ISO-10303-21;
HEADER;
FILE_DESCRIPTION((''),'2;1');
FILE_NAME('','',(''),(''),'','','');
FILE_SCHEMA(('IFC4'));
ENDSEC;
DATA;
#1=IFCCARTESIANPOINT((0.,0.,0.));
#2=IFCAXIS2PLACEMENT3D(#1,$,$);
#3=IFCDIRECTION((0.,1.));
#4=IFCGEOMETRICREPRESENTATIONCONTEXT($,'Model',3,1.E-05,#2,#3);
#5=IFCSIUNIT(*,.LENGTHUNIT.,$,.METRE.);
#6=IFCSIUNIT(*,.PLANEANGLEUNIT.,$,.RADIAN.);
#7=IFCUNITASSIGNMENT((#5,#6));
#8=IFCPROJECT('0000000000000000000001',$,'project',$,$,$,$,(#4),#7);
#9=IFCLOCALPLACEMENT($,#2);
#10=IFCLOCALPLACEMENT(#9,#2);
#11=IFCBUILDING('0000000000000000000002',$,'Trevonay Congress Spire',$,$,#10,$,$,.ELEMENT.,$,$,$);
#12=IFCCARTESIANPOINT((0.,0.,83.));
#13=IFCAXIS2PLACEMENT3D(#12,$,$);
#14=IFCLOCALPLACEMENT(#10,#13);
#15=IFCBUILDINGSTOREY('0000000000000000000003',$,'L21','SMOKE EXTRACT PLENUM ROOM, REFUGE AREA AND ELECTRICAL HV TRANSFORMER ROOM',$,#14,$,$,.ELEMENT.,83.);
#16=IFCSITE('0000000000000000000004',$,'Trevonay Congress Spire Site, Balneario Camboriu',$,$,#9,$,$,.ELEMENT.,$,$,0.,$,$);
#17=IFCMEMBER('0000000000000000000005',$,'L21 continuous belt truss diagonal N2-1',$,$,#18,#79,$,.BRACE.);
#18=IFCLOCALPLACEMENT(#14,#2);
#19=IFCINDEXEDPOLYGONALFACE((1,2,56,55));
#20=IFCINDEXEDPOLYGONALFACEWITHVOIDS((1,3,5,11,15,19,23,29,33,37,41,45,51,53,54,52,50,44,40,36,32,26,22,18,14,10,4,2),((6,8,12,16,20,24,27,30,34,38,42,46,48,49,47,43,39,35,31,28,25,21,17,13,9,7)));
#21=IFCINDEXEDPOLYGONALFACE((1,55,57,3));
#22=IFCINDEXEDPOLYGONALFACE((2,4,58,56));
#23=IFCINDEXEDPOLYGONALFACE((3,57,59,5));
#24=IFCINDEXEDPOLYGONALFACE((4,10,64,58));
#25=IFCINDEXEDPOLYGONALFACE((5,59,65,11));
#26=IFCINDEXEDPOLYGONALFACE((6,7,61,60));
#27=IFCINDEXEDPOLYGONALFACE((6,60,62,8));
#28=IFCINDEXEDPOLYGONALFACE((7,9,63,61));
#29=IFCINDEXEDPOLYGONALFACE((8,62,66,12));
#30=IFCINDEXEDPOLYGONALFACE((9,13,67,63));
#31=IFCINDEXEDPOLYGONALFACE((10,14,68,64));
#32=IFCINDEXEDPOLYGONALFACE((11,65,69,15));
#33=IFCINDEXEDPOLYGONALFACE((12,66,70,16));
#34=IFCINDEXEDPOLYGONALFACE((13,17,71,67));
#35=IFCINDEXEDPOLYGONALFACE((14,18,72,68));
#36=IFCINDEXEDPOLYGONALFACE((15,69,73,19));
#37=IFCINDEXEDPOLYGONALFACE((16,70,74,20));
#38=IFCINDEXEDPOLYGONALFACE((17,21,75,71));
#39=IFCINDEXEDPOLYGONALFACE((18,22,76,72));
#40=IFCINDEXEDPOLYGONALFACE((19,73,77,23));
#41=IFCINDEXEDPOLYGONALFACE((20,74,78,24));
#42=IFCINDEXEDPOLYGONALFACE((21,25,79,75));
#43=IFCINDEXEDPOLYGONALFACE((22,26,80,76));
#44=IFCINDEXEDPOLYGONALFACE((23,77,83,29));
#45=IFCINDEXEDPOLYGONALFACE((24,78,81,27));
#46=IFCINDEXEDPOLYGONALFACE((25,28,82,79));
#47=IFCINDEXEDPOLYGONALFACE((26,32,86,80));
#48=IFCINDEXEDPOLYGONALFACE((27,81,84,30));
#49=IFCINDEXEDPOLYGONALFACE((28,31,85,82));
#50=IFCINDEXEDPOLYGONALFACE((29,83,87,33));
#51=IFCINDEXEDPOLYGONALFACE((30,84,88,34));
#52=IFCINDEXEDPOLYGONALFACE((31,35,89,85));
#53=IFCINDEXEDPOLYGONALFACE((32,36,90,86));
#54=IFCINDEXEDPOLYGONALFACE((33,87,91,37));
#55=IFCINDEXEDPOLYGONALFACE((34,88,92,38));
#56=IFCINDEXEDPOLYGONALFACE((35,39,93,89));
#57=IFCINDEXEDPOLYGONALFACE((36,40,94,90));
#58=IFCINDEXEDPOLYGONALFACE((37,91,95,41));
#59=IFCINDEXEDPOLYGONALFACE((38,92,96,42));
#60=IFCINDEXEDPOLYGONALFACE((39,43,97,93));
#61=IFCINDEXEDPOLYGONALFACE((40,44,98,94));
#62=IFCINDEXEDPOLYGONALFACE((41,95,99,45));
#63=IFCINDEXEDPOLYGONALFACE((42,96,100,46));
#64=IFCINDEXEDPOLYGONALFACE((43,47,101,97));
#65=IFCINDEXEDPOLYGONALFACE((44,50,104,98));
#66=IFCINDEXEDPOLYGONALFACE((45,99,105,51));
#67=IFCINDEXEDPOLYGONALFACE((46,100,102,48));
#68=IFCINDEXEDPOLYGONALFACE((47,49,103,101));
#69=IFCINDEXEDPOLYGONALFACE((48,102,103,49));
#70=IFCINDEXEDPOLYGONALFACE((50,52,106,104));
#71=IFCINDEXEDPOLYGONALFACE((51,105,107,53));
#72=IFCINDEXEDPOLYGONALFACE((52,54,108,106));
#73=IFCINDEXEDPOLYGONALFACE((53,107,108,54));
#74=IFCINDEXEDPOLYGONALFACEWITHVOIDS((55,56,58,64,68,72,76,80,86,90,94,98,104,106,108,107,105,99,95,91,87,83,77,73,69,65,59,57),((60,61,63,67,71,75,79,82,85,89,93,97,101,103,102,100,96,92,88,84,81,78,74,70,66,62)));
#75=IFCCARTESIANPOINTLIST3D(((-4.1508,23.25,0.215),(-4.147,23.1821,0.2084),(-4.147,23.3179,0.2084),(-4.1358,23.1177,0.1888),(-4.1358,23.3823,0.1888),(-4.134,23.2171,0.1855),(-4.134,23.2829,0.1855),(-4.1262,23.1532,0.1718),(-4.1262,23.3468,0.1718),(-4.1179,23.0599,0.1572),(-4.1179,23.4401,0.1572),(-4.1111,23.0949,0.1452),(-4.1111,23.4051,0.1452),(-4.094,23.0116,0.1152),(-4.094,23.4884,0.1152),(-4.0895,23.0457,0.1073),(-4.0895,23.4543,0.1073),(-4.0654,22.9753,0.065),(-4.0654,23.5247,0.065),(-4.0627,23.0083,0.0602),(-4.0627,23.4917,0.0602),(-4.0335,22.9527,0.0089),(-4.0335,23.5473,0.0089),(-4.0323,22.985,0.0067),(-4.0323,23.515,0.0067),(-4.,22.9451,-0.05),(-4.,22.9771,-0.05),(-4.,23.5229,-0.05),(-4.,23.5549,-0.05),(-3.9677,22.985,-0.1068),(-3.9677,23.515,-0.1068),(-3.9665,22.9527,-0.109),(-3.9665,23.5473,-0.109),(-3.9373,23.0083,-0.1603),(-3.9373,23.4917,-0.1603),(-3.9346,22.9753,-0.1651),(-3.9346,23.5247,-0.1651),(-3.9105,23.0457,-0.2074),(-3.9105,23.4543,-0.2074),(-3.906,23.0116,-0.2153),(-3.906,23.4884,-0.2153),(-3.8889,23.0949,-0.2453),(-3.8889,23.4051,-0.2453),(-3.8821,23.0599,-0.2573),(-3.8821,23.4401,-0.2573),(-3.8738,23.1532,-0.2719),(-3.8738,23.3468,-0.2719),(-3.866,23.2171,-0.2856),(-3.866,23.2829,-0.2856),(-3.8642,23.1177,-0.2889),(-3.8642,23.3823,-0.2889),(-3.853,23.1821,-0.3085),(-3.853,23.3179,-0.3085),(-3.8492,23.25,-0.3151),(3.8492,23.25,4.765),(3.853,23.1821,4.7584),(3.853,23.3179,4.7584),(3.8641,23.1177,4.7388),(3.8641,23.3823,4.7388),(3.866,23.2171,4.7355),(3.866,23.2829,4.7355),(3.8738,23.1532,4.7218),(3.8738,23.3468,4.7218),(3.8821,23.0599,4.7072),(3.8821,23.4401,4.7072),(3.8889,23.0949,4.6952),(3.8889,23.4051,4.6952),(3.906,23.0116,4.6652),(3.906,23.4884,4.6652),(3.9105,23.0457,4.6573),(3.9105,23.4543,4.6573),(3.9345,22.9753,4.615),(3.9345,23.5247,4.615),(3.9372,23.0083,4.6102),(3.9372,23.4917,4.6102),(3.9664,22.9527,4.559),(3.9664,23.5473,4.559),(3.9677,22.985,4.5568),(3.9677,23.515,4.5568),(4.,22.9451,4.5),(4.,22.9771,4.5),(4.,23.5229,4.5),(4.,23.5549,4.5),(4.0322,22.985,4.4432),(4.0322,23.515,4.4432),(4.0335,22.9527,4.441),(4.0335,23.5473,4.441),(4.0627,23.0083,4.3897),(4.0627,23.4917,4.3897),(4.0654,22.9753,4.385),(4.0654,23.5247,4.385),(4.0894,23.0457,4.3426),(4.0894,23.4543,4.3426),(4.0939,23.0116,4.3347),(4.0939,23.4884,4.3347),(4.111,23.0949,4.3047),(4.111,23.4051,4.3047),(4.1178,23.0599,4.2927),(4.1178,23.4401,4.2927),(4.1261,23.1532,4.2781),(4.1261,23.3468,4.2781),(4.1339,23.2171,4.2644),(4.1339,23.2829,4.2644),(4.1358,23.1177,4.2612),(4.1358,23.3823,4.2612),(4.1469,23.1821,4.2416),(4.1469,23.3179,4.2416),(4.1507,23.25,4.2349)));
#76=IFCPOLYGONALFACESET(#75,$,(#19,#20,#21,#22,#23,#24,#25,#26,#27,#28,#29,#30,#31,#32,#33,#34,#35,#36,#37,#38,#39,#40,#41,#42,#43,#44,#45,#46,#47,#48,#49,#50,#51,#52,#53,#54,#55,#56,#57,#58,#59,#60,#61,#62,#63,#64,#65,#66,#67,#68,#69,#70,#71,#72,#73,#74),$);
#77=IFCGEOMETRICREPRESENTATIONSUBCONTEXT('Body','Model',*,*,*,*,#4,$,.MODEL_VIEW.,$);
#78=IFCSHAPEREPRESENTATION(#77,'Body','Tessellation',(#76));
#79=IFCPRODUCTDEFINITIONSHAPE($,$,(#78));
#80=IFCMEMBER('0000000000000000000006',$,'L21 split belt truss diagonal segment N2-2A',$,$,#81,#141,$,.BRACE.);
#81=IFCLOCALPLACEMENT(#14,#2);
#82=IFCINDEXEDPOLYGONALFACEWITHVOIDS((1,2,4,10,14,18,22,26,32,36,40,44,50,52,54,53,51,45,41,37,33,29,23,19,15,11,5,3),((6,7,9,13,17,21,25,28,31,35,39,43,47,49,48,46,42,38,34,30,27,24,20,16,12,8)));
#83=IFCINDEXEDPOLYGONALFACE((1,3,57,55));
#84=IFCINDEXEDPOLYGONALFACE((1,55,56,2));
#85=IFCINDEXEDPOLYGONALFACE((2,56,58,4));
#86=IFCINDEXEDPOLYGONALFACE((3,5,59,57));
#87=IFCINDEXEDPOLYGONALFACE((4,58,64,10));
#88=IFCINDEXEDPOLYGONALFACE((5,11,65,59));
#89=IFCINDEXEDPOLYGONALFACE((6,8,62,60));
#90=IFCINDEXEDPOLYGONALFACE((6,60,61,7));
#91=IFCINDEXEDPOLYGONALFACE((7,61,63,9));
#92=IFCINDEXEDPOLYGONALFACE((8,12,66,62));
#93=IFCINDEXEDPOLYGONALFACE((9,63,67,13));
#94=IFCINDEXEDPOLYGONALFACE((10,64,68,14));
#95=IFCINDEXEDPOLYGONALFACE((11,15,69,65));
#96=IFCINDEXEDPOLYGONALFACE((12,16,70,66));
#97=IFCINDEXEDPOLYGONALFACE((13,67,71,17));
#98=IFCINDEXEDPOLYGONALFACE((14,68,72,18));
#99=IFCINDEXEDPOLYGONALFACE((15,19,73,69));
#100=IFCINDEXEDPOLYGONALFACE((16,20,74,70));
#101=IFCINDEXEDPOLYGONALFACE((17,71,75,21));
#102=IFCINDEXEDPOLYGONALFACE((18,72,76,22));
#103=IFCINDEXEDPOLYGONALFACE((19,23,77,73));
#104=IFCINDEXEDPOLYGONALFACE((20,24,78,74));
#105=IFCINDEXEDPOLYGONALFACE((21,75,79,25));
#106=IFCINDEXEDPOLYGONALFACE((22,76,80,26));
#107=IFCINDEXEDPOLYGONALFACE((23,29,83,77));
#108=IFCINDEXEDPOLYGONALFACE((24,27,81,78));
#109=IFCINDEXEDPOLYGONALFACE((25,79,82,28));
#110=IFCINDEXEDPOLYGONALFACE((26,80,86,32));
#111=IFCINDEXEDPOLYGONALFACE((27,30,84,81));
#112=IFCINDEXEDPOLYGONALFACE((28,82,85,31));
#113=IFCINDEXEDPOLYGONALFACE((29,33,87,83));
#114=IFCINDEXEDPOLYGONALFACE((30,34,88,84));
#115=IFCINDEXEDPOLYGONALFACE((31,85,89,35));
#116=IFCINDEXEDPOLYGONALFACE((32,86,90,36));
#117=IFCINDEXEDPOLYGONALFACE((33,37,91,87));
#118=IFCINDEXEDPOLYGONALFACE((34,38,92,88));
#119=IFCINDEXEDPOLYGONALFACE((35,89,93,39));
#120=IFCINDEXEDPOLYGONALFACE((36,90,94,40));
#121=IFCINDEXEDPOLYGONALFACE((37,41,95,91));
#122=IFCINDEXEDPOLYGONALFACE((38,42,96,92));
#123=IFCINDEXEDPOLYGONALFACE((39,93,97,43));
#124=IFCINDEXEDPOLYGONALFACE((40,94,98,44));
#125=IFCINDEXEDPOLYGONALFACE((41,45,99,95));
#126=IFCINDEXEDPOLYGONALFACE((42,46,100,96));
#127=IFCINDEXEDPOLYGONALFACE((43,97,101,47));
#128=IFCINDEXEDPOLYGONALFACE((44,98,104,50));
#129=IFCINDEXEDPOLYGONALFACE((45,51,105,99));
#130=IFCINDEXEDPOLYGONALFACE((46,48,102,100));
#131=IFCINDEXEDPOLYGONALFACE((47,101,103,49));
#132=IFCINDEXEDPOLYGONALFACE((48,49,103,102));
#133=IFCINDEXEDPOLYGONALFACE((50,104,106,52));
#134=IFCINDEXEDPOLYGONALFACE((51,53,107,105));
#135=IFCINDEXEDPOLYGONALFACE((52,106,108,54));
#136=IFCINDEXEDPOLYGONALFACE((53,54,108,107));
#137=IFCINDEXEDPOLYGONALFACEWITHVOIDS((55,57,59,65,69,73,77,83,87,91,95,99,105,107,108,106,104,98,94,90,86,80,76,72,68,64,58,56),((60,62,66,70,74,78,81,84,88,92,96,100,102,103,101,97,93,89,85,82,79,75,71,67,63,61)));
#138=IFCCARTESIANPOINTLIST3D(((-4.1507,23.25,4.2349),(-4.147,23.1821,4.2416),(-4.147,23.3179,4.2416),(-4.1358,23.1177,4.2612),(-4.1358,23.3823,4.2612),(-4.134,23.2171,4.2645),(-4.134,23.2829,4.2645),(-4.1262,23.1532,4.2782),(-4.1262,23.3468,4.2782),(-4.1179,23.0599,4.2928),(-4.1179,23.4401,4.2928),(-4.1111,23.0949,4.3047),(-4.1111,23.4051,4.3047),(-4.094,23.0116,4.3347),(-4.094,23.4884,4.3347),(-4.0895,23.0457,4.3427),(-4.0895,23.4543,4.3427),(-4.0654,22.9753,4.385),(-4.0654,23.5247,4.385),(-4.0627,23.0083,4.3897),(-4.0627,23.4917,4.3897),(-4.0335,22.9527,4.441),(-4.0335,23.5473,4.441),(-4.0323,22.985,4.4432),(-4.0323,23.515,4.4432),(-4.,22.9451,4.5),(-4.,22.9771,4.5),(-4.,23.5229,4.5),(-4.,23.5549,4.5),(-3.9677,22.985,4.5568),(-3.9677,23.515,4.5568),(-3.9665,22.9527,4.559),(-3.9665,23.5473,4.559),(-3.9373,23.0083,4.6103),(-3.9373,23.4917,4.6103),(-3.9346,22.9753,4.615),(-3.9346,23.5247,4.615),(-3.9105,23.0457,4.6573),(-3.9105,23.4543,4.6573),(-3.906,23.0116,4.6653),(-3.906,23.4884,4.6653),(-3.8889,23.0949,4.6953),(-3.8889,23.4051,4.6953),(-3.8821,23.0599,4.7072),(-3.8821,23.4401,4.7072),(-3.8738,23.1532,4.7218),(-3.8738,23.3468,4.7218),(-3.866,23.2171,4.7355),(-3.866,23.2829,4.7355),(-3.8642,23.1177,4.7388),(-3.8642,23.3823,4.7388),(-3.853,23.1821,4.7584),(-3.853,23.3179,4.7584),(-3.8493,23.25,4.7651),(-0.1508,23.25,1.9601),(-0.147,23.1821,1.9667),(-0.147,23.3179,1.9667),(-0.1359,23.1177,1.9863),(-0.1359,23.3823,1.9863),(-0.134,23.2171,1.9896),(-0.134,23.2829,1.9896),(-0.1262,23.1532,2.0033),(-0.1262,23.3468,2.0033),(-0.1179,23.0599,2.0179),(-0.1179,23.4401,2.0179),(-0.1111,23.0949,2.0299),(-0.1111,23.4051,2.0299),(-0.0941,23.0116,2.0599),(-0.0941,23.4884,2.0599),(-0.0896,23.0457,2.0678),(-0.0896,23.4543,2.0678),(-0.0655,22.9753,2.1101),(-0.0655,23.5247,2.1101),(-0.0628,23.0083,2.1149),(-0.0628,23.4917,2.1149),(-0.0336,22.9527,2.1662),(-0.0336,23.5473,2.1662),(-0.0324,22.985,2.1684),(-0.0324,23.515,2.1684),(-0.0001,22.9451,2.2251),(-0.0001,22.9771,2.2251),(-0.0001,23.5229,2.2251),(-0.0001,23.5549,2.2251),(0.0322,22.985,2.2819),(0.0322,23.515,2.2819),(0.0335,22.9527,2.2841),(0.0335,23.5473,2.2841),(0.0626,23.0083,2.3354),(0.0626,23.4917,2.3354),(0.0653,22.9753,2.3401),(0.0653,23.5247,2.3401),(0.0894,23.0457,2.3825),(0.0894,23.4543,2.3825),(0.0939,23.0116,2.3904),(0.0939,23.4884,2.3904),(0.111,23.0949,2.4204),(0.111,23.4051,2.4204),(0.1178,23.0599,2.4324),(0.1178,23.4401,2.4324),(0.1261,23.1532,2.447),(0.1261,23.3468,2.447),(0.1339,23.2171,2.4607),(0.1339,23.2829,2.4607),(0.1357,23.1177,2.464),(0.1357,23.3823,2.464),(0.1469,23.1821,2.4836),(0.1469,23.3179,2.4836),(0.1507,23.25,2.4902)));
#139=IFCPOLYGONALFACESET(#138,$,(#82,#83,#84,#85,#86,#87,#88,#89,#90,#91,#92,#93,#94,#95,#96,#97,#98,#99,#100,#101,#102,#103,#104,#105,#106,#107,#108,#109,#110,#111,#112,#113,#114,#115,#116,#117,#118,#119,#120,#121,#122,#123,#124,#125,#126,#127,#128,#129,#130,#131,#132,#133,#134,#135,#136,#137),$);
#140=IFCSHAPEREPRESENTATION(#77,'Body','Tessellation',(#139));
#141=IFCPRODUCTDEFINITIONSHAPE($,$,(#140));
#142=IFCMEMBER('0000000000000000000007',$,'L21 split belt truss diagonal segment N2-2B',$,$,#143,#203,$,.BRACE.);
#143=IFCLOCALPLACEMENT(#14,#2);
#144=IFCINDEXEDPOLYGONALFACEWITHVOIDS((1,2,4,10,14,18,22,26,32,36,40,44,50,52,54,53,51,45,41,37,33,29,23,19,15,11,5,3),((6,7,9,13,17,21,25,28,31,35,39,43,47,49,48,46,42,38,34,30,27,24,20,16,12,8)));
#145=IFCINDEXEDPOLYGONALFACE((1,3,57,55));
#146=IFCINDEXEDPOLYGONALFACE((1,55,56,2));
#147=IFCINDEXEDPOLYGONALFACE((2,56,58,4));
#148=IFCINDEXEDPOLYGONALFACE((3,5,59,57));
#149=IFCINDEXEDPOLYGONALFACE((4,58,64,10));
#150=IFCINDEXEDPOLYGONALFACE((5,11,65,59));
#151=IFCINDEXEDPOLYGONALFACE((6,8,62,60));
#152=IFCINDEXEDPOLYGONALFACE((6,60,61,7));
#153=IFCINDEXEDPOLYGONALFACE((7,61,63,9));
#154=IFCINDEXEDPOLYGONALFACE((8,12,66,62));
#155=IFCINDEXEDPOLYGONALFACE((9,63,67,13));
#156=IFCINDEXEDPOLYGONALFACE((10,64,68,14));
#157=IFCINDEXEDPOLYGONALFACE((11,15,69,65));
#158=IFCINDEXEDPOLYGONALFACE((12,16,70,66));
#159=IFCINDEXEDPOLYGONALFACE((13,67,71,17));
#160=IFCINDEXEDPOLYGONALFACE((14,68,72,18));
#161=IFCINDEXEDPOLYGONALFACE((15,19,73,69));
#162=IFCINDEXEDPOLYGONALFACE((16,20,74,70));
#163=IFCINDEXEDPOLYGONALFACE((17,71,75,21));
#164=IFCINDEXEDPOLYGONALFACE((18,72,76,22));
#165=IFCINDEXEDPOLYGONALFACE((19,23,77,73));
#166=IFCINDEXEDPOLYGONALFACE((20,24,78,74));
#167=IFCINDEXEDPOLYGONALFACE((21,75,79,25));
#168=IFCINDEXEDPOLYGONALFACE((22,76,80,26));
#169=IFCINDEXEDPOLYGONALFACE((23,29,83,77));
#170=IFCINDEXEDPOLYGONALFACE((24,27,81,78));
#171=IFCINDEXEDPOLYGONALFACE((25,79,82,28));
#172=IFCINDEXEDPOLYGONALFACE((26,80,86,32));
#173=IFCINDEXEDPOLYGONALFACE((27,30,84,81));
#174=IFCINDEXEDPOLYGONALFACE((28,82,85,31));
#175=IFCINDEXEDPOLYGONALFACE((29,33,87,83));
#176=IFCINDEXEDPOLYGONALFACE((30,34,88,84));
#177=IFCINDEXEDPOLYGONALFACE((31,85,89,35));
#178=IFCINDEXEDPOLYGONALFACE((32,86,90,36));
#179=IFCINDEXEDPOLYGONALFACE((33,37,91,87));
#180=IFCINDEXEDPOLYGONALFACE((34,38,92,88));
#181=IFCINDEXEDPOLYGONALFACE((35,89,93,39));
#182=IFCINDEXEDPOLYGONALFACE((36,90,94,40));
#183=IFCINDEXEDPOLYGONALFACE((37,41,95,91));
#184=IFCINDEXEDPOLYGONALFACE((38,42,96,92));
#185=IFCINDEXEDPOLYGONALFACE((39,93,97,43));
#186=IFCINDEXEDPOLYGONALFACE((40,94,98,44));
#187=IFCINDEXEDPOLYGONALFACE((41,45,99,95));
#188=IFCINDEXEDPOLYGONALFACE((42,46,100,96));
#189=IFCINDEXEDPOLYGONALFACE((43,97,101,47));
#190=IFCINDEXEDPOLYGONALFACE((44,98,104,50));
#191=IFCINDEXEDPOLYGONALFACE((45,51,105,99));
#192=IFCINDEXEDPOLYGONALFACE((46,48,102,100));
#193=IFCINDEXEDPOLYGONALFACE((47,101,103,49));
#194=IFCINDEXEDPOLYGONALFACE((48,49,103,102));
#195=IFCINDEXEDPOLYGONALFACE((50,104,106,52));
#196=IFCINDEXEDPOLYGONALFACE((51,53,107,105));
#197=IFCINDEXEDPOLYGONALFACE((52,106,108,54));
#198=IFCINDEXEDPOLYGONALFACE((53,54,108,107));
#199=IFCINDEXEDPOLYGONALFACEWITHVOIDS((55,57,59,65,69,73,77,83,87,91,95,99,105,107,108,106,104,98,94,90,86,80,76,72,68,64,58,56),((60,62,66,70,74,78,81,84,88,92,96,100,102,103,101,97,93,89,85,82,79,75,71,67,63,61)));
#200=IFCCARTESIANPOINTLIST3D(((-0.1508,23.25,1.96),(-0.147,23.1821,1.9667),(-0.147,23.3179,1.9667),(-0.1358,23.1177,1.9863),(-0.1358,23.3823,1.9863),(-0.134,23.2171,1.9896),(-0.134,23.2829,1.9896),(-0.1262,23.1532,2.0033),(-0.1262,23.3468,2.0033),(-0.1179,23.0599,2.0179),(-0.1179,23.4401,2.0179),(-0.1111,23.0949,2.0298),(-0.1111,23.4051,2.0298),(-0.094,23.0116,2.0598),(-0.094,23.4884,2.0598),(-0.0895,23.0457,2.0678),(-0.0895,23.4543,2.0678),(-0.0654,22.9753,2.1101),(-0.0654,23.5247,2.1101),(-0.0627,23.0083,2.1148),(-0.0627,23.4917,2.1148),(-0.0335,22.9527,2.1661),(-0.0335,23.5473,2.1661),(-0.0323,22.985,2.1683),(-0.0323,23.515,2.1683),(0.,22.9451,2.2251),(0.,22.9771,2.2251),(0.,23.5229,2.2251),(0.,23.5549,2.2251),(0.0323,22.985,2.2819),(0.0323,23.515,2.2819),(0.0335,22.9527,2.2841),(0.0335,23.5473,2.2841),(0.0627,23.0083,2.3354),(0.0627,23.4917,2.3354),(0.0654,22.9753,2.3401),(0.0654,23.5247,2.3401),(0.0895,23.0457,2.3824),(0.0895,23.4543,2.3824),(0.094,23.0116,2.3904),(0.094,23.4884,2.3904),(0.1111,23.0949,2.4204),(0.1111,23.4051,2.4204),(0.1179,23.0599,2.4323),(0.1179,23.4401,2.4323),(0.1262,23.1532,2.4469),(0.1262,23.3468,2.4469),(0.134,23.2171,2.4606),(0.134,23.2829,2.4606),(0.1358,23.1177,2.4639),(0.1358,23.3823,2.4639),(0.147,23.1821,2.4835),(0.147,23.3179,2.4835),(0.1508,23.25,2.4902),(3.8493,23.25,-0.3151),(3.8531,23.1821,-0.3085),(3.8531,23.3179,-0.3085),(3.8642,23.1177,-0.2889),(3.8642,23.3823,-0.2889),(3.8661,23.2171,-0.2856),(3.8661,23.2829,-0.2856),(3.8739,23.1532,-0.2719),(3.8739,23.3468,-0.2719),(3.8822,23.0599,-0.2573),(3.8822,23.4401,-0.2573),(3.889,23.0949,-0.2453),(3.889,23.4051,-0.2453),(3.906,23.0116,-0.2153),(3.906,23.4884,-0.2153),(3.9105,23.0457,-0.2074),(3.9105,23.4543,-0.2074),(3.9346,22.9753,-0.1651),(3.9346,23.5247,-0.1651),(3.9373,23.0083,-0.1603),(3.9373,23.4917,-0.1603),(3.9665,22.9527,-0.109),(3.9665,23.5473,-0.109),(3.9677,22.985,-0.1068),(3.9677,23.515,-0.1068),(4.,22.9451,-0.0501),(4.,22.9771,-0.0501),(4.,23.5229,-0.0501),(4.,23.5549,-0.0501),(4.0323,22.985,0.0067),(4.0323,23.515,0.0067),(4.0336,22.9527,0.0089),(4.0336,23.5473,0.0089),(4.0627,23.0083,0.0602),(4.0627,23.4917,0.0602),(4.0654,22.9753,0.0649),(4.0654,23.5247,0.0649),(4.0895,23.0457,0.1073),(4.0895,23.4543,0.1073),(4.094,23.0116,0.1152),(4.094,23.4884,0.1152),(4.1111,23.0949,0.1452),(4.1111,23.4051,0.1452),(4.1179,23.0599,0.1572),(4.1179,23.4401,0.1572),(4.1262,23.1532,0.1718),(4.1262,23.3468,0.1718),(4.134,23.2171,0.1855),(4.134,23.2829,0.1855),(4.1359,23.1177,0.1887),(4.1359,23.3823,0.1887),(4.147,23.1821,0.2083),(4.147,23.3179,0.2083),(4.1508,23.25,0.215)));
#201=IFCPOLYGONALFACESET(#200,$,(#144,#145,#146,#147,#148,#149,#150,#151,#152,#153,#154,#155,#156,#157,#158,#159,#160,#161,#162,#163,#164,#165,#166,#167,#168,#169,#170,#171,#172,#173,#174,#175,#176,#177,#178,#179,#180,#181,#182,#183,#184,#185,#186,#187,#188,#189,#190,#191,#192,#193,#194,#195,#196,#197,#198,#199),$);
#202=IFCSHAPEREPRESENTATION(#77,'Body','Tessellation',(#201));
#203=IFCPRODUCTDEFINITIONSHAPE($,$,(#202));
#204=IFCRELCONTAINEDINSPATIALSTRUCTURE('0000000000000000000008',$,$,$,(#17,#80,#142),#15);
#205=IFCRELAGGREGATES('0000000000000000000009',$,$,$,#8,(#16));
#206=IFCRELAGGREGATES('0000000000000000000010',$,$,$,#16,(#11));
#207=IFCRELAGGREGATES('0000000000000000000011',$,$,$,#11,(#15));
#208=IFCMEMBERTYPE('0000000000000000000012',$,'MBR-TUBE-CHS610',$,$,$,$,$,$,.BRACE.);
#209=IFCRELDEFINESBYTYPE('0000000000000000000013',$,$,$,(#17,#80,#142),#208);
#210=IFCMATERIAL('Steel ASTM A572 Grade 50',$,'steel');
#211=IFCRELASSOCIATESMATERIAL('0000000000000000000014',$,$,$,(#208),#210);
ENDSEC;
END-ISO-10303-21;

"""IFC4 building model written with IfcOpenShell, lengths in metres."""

from ifc_helpers import new_model, si_unit, direction, frame, origin, origin_2d, place, context, subcontext, project, spatial, hollow_circle, extrude, material, material_profile, profile_set, type_object, element, save


model = new_model("IFC4")

# Units and contexts
model_context = context("Model", 3, precision=1e-05, world=origin(), true_north=direction((0.0, 1.0)))
body_context = subcontext(model_context, "Body", "Model", "MODEL_VIEW")
ifc_project = project(units=[si_unit("LENGTHUNIT", "METRE"), si_unit("PLANEANGLEUNIT", "RADIAN")], contexts=[model_context])

# Site, building, storey
site_placement = place(None, origin())
site = spatial("IfcSite", under=ifc_project, at=site_placement, Name="Trevonay Congress Spire Site, Balneario Camboriu", CompositionType="ELEMENT", RefElevation=0.0)
building_placement = place(site_placement, origin())
building = spatial("IfcBuilding", under=site, at=building_placement, Name="Trevonay Congress Spire", CompositionType="ELEMENT")
storey_placement = place(building_placement, frame((0.0, 0.0, 83.0)))
storey = spatial("IfcBuildingStorey", under=building, at=storey_placement, Name="L21", Description="SMOKE EXTRACT PLENUM ROOM, REFUGE AREA AND ELECTRICAL HV TRANSFORMER ROOM", CompositionType="ELEMENT", Elevation=83.0)

# Shared definitions
ifc_material_1 = material(Name="Steel ASTM A572 Grade 50", Category="steel")

# Members
ifc_material_profile_1 = material_profile(ifc_material_1, hollow_circle(Radius=0.3049, WallThickness=0.032, at=origin_2d()), Name="CHS 610x32")
ifc_profile_set_1 = profile_set([ifc_material_profile_1], Name="Steel ASTM A572 Grade 50")
member_type = type_object("IfcMemberType", Name="MBR-TUBE-CHS610", PredefinedType="BRACE", material=ifc_profile_set_1)
member_1_placement = place(storey_placement, frame((-4.0, 23.25, -0.05), z_axis=(0.869242, 0.0, 0.494387), x_axis=(0.0, 1.0, 0.0)))
element("IfcMember", 1, at=member_1_placement, inside=storey, type_object=member_type, Name="L21 continuous belt truss diagonal N2-1", PredefinedType="BRACE", context=body_context, shape_type="SweptSolid", body=[
    extrude(hollow_circle(Radius=0.3049, WallThickness=0.032, at=origin_2d()), origin(), (0.0, 0.0, 1.0), 9.2034),
])
member_2_placement = place(storey_placement, frame((-4.0, 23.25, 4.5), z_axis=(0.869253, 0.0, -0.494367), x_axis=(0.0, 1.0, 0.0)))
element("IfcMember", 2, at=member_2_placement, inside=storey, type_object=member_type, Name="L21 split belt truss diagonal segment N2-2A", PredefinedType="BRACE", context=body_context, shape_type="SweptSolid", body=[
    extrude(hollow_circle(Radius=0.3049, WallThickness=0.032, at=origin_2d()), origin(), (0.0, 0.0, 1.0), 4.6016),
])
member_3_placement = place(storey_placement, frame((0.0, 23.25, 2.2251), z_axis=(0.869231, 0.0, -0.494407), x_axis=(0.0, 1.0, 0.0)))
element("IfcMember", 3, at=member_3_placement, inside=storey, type_object=member_type, Name="L21 split belt truss diagonal segment N2-2B", PredefinedType="BRACE", context=body_context, shape_type="SweptSolid", body=[
    extrude(hollow_circle(Radius=0.3049, WallThickness=0.032, at=origin_2d()), origin(), (0.0, 0.0, 1.0), 4.6018),
])

save(model, "model.ifc")
